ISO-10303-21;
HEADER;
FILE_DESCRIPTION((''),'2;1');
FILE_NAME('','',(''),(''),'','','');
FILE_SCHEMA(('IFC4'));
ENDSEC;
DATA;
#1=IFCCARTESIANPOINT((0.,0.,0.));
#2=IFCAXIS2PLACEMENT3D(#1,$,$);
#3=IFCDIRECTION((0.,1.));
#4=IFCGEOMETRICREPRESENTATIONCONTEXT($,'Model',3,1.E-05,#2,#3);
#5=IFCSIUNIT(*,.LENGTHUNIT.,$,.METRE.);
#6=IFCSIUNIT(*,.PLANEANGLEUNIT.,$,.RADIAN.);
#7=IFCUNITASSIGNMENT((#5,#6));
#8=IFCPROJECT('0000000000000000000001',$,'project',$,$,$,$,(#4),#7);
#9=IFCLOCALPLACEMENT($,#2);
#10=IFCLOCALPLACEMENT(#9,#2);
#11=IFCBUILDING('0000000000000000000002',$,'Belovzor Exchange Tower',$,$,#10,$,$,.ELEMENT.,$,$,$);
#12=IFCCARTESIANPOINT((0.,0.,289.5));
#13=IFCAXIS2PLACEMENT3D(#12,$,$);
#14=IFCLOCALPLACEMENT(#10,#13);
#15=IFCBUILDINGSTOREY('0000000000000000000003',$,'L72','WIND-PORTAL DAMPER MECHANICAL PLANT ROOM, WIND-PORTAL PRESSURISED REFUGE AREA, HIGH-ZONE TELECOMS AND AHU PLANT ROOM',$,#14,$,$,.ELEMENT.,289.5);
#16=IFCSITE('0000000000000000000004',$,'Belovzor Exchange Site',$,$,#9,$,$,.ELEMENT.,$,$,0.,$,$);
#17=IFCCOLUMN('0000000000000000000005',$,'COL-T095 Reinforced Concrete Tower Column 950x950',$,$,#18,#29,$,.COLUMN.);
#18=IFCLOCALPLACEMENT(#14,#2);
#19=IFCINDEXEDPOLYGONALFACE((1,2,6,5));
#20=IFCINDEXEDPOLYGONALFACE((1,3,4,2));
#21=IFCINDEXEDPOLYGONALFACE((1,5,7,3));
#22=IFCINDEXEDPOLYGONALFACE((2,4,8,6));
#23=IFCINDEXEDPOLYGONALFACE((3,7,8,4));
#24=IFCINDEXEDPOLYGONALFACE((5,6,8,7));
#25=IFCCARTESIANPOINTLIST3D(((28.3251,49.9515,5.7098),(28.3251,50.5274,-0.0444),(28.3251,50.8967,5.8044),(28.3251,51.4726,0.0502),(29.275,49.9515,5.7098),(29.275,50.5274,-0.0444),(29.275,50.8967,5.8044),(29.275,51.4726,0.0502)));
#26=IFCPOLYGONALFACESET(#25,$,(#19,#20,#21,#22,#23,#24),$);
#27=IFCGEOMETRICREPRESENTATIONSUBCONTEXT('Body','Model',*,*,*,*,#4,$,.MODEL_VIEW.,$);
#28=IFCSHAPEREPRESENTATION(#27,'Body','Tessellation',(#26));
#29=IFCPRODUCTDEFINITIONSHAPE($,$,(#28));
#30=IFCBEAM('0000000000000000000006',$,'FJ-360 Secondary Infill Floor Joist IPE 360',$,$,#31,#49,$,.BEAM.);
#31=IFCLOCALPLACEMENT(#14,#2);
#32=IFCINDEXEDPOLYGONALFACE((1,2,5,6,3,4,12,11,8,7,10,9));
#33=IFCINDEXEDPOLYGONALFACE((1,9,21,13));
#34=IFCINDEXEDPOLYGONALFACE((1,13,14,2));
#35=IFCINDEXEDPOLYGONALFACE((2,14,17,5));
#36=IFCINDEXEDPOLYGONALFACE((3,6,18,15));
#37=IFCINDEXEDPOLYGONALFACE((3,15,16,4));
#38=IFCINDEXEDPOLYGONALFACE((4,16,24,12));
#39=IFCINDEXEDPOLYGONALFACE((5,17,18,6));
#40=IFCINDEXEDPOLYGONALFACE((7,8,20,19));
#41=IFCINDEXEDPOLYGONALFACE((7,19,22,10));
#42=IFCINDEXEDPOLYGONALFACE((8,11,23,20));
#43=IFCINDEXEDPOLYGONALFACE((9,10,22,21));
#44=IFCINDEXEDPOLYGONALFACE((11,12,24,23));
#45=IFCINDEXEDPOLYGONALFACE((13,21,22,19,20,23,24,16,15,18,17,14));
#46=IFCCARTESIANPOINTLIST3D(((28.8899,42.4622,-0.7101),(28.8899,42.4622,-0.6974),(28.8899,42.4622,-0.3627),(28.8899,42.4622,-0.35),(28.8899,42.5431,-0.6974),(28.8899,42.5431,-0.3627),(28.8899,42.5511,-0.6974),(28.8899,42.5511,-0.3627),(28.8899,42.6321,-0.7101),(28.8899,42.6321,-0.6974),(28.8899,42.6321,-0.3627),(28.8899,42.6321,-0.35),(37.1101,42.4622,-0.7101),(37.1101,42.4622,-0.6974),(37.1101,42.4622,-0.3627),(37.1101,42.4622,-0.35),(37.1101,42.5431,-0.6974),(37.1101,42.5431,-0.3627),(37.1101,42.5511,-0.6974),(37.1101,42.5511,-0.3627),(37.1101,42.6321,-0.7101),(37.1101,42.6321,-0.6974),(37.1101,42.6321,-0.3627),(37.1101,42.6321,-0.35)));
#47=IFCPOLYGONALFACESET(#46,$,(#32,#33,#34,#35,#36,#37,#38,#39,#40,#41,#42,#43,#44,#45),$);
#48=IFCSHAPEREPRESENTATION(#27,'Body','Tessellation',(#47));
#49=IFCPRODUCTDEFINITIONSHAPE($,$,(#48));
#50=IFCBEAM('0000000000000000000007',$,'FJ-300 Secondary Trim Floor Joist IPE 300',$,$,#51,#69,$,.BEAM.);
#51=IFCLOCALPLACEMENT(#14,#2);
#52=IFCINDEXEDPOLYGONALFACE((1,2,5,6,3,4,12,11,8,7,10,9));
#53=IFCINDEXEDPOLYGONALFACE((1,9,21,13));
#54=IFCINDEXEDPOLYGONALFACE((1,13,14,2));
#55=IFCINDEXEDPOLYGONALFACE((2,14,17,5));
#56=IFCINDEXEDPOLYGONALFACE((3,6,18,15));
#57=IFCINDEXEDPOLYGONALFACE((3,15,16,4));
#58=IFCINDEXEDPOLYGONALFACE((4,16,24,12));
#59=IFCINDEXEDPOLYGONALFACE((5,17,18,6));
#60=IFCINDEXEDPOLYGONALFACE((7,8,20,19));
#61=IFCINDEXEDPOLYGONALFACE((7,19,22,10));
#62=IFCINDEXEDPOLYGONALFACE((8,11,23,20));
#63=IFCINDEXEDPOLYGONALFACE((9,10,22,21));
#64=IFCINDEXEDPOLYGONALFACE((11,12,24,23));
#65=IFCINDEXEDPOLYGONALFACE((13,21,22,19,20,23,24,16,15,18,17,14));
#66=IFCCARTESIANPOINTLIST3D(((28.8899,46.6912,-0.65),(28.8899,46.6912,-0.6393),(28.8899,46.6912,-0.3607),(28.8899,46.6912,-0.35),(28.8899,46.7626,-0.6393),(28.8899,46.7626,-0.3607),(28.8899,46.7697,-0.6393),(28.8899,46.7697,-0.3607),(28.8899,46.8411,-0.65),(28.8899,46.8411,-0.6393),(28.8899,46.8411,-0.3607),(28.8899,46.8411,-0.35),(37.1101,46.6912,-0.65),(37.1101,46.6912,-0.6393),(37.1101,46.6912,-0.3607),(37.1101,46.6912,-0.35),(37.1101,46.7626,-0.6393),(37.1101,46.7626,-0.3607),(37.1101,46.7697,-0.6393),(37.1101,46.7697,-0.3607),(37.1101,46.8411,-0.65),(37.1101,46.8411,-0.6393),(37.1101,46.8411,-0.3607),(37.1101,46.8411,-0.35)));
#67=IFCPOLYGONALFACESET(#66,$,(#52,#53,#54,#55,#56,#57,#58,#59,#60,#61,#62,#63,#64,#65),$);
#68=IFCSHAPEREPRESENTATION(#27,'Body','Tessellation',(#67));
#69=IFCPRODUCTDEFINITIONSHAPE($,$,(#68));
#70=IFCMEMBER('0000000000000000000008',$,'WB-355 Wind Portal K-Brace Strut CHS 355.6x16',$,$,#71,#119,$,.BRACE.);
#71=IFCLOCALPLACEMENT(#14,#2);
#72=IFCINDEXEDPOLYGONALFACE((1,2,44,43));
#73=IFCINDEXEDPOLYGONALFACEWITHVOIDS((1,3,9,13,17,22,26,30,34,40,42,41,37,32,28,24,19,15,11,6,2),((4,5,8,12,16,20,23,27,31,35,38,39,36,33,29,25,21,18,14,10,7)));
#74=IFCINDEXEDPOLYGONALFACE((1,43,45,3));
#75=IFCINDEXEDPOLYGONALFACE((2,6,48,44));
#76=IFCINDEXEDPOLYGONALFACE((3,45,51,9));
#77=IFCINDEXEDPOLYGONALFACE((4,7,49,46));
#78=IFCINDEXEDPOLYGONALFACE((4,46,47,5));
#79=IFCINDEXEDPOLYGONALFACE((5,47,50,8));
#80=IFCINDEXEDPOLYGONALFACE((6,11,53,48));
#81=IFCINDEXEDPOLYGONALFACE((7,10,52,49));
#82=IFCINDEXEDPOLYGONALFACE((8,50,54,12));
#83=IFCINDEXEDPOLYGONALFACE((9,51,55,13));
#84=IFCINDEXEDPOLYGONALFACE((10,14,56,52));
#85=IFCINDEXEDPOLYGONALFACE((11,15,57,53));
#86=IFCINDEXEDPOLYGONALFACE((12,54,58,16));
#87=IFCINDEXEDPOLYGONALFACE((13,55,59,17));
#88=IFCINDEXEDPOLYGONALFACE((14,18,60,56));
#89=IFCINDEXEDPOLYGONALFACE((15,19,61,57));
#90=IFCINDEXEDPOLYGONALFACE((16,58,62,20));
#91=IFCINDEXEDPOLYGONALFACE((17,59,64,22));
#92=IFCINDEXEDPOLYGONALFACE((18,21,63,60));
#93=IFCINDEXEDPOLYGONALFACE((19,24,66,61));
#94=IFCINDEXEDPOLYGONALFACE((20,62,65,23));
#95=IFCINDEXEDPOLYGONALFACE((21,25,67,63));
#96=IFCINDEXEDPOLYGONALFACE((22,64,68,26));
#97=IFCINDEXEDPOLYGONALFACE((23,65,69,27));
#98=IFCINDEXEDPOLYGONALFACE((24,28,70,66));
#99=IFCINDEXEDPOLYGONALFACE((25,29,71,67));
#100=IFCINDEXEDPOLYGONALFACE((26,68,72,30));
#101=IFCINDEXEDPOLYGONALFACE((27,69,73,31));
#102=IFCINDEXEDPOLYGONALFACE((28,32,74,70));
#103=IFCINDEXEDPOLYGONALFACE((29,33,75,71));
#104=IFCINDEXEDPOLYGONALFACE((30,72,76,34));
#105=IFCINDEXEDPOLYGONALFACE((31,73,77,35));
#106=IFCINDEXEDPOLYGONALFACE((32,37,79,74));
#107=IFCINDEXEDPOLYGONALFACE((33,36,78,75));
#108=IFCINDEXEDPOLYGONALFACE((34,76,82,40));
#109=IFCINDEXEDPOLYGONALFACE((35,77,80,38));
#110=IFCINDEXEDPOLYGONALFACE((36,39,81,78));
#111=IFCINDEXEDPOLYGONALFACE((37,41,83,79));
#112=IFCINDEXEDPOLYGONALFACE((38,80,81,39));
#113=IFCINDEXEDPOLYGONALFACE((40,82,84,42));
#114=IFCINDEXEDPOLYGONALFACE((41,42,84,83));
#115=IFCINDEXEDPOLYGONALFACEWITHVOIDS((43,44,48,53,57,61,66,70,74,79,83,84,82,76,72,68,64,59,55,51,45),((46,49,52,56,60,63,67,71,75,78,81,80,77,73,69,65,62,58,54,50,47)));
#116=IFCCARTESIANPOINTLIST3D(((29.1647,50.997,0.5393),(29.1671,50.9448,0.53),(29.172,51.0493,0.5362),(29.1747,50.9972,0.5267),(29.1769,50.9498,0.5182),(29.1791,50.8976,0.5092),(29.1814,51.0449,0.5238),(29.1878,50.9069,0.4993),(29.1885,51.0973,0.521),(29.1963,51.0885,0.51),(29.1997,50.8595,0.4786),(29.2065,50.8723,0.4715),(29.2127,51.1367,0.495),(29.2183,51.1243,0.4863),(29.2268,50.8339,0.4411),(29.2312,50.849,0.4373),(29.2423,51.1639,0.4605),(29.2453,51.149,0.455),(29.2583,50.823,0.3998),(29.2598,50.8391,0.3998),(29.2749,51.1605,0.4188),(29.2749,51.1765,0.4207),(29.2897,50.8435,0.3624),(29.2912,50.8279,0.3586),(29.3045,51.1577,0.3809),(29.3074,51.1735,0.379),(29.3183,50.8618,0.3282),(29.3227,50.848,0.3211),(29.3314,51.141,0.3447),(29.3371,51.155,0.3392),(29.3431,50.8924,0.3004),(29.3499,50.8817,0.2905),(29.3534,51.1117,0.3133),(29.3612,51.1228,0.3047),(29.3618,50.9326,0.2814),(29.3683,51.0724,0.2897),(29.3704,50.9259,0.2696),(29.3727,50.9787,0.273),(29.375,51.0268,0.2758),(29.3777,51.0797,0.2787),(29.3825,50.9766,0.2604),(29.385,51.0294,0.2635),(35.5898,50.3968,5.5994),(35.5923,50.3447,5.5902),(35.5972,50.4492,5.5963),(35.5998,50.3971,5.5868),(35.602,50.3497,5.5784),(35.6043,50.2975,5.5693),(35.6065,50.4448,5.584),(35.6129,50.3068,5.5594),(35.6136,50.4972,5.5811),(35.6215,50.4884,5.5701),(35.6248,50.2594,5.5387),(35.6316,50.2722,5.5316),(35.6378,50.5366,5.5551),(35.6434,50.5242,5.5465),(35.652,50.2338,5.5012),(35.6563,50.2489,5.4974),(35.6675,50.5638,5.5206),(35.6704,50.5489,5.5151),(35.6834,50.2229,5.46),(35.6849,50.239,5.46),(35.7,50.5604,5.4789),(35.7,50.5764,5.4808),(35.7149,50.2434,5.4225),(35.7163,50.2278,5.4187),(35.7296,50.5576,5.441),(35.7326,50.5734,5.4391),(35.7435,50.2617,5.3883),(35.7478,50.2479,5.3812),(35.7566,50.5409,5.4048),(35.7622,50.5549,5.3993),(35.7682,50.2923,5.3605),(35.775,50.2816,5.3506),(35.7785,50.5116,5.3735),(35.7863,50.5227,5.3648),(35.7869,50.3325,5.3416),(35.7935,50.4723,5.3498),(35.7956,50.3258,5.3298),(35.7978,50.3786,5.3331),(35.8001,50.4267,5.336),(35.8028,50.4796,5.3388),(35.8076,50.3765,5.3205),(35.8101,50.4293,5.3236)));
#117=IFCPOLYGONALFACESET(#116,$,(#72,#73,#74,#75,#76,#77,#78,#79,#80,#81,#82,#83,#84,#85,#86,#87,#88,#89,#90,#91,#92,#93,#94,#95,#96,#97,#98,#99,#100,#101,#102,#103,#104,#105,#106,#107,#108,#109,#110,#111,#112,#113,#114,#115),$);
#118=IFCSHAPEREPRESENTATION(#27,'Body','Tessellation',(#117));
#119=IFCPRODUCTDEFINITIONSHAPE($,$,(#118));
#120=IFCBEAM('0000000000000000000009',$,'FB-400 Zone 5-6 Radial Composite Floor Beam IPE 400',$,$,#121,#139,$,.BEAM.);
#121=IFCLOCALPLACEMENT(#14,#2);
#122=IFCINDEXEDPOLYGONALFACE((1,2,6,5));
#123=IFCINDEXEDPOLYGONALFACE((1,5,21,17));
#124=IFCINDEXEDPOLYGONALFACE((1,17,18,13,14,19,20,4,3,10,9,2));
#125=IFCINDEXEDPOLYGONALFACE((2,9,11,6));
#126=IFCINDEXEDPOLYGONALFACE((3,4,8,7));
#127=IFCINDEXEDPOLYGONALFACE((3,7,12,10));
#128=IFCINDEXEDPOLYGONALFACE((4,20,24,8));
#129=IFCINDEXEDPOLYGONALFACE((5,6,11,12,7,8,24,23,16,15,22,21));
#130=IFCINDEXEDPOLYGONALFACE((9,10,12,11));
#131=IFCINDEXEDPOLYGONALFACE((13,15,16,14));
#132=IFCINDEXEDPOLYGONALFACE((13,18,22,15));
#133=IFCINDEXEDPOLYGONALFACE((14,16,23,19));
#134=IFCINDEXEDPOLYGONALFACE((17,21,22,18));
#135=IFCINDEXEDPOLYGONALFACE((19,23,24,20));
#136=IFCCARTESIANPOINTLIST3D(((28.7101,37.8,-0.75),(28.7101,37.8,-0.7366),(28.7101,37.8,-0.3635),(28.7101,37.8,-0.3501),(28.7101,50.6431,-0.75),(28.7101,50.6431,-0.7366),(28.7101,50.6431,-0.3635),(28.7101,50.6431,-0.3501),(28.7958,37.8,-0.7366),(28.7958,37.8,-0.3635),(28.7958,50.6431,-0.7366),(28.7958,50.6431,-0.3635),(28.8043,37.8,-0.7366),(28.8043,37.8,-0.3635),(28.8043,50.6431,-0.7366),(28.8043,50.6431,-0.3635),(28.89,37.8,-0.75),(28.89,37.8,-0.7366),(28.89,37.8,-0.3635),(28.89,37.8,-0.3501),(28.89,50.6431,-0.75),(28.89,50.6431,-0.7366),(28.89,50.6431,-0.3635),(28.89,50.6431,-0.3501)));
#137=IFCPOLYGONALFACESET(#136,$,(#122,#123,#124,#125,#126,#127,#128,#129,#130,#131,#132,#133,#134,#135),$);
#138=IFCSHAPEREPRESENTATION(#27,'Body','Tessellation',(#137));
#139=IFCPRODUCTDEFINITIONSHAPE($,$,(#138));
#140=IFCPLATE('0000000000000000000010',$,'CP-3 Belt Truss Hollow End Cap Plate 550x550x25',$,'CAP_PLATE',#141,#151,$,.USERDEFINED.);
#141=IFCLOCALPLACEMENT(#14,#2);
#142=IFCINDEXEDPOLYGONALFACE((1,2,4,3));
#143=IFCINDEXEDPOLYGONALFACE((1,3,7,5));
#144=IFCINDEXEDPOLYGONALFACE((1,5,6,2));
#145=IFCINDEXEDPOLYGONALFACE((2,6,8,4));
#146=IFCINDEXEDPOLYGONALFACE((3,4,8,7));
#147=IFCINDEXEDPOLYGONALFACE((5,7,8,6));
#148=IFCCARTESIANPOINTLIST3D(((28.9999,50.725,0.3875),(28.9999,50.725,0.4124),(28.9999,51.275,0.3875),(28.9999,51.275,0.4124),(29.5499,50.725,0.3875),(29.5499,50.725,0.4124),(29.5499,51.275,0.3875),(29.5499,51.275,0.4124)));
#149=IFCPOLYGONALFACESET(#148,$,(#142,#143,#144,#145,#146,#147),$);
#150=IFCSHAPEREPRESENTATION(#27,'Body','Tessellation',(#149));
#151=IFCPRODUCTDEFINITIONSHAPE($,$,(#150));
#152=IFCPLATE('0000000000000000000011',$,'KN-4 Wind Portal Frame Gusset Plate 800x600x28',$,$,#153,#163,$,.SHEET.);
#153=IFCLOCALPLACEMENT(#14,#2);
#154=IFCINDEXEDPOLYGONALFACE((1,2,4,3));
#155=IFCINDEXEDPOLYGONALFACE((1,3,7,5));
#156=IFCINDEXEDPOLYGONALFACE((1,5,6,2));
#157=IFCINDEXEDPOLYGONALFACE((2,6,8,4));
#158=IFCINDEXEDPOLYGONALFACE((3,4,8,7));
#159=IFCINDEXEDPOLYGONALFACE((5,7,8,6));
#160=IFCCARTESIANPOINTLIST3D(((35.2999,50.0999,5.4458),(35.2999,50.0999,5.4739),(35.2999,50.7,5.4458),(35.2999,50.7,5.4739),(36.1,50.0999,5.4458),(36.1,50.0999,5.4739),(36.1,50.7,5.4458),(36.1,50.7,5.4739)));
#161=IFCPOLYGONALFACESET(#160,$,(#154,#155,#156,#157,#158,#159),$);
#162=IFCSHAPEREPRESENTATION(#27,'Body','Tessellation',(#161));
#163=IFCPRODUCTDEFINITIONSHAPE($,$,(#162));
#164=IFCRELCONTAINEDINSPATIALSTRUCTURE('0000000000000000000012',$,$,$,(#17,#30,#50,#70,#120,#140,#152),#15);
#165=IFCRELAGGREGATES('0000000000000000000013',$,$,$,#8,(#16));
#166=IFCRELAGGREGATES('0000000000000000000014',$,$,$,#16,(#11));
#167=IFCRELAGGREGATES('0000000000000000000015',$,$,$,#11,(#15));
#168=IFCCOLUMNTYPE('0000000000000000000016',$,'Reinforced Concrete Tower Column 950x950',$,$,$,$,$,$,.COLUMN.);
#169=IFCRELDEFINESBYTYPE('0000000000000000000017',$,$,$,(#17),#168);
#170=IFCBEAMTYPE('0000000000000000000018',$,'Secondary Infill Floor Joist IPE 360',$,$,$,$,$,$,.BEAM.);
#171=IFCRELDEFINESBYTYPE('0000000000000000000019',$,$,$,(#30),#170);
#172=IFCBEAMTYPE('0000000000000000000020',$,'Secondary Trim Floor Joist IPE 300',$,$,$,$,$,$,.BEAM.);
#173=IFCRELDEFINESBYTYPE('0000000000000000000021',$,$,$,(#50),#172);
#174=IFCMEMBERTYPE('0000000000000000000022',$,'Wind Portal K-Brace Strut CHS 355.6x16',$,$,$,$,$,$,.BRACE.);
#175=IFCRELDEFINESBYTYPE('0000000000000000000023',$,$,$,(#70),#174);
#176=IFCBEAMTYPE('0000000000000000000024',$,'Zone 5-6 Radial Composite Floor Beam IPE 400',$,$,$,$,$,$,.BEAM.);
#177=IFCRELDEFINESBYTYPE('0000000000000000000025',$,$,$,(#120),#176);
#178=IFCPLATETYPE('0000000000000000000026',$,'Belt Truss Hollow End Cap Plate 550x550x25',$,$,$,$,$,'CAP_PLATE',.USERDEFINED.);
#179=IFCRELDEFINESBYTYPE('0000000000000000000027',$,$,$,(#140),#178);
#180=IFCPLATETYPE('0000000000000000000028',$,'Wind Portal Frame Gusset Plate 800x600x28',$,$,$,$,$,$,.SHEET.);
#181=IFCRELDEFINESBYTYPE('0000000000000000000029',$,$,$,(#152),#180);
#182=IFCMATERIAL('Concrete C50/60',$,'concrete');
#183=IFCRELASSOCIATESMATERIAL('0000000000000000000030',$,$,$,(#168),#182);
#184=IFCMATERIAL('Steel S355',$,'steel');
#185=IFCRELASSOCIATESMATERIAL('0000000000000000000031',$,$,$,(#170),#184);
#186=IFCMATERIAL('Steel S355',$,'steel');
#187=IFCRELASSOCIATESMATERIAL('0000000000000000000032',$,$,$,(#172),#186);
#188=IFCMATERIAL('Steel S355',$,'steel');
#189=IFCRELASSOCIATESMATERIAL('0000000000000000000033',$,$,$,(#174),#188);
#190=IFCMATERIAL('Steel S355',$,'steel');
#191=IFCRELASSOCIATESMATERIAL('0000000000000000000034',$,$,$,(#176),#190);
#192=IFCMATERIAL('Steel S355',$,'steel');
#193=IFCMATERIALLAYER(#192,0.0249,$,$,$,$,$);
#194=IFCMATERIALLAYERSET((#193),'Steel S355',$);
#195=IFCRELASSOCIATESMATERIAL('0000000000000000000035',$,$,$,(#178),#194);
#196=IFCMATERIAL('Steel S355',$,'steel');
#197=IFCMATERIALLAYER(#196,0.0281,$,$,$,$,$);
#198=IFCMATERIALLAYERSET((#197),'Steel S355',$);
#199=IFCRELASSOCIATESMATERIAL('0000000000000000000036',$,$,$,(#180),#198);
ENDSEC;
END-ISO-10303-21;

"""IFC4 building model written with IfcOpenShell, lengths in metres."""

from ifc_helpers import new_model, si_unit, direction, frame, origin, origin_2d, place, context, subcontext, project, spatial, rectangle, hollow_circle, i_section, extrude, material, layer, layer_set, material_profile, profile_set, type_object, element, save


model = new_model("IFC4")

# Units and contexts
model_context = context("Model", 3, precision=1e-05, world=origin(), true_north=direction((0.0, 1.0)))
body_context = subcontext(model_context, "Body", "Model", "MODEL_VIEW")
ifc_project = project(units=[si_unit("LENGTHUNIT", "METRE"), si_unit("PLANEANGLEUNIT", "RADIAN")], contexts=[model_context])

# Site, building, storey
site_placement = place(None, origin())
site = spatial("IfcSite", under=ifc_project, at=site_placement, Name="Belovzor Exchange Site", CompositionType="ELEMENT", RefElevation=0.0)
building_placement = place(site_placement, origin())
building = spatial("IfcBuilding", under=site, at=building_placement, Name="Belovzor Exchange Tower", CompositionType="ELEMENT")
storey_placement = place(building_placement, frame((0.0, 0.0, 289.5)))
storey = spatial("IfcBuildingStorey", under=building, at=storey_placement, Name="L72", Description="WIND-PORTAL DAMPER MECHANICAL PLANT ROOM, WIND-PORTAL PRESSURISED REFUGE AREA, HIGH-ZONE TELECOMS AND AHU PLANT ROOM", CompositionType="ELEMENT", Elevation=289.5)

# Column
ifc_material_1 = material(Name="Concrete C50/60", Category="concrete")
ifc_material_profile_1 = material_profile(ifc_material_1, rectangle(XDim=0.95, YDim=0.95, at=origin_2d()))
ifc_profile_set_1 = profile_set([ifc_material_profile_1], Name="Concrete C50/60")
column_type = type_object("IfcColumnType", Name="Reinforced Concrete Tower Column 950x950", PredefinedType="COLUMN", material=ifc_profile_set_1)
column_placement = place(storey_placement, frame((28.8, 51.0, 0.0029), z_axis=(0.0, -0.099591, 0.995028), x_axis=(1.0, 0.0, 0.0)))
element("IfcColumn", 1, at=column_placement, inside=storey, type_object=column_type, Name="COL-T095 Reinforced Concrete Tower Column 950x950", PredefinedType="COLUMN", context=body_context, shape_type="SweptSolid", body=[
    extrude(rectangle(XDim=0.95, YDim=0.95, at=origin_2d()), origin(), (0.0, 0.0, 1.0), 5.783),
])

# Beams
ifc_material_2 = material(Name="Steel S355", Category="steel")
ifc_material_profile_2 = material_profile(ifc_material_2, i_section(OverallWidth=0.1699, OverallDepth=0.3601, WebThickness=0.0081, FlangeThickness=0.0127, at=origin_2d()))
ifc_profile_set_2 = profile_set([ifc_material_profile_2], Name="Steel S355")
beam_type_1 = type_object("IfcBeamType", Name="Secondary Infill Floor Joist IPE 360", PredefinedType="BEAM", material=ifc_profile_set_2)
beam_1_placement = place(storey_placement, frame((28.8899, 42.5471, -0.53), z_axis=(1.0, 0.0, 0.0), x_axis=(0.0, 1.0, 0.0)))
element("IfcBeam", 2, at=beam_1_placement, inside=storey, type_object=beam_type_1, Name="FJ-360 Secondary Infill Floor Joist IPE 360", PredefinedType="BEAM", context=body_context, shape_type="SweptSolid", body=[
    extrude(i_section(OverallWidth=0.1699, OverallDepth=0.3601, WebThickness=0.0081, FlangeThickness=0.0127, at=origin_2d()), origin(), (0.0, 0.0, 1.0), 8.2202),
])
ifc_material_3 = material(Name="Steel S355", Category="steel")
ifc_material_profile_3 = material_profile(ifc_material_3, i_section(OverallWidth=0.1499, OverallDepth=0.3, WebThickness=0.0071, FlangeThickness=0.0107, at=origin_2d()))
ifc_profile_set_3 = profile_set([ifc_material_profile_3], Name="Steel S355")
beam_type_2 = type_object("IfcBeamType", Name="Secondary Trim Floor Joist IPE 300", PredefinedType="BEAM", material=ifc_profile_set_3)
beam_2_placement = place(storey_placement, frame((28.8899, 46.7661, -0.5), z_axis=(1.0, 0.0, 0.0), x_axis=(0.0, 1.0, 0.0)))
element("IfcBeam", 3, at=beam_2_placement, inside=storey, type_object=beam_type_2, Name="FJ-300 Secondary Trim Floor Joist IPE 300", PredefinedType="BEAM", context=body_context, shape_type="SweptSolid", body=[
    extrude(i_section(OverallWidth=0.1499, OverallDepth=0.3, WebThickness=0.0071, FlangeThickness=0.0107, at=origin_2d()), origin(), (0.0, 0.0, 1.0), 8.2202),
])

# Member
ifc_material_4 = material(Name="Steel S355", Category="steel")
ifc_material_profile_4 = material_profile(ifc_material_4, hollow_circle(Radius=0.1777, WallThickness=0.0161, at=origin_2d()))
ifc_profile_set_4 = profile_set([ifc_material_profile_4], Name="Steel S355")
member_type = type_object("IfcMemberType", Name="Wind Portal K-Brace Strut CHS 355.6x16", PredefinedType="BRACE", material=ifc_profile_set_4)
member_placement = place(storey_placement, frame((35.7, 50.3999, 5.46), z_axis=(-0.78351, 0.07318, -0.617055), x_axis=(-0.092995, -0.995667, 0.0)))
element("IfcMember", 4, at=member_placement, inside=storey, type_object=member_type, Name="WB-355 Wind Portal K-Brace Strut CHS 355.6x16", PredefinedType="BRACE", context=body_context, shape_type="SweptSolid", body=[
    extrude(hollow_circle(Radius=0.1777, WallThickness=0.0161, at=origin_2d()), origin(), (0.0, 0.0, 1.0), 8.2004),
])

# Beam
ifc_material_5 = material(Name="Steel S355", Category="steel")
ifc_material_profile_5 = material_profile(ifc_material_5, i_section(OverallWidth=0.1799, OverallDepth=0.3999, WebThickness=0.0085, FlangeThickness=0.0134, at=origin_2d()))
ifc_profile_set_5 = profile_set([ifc_material_profile_5], Name="Steel S355")
beam_type_3 = type_object("IfcBeamType", Name="Zone 5-6 Radial Composite Floor Beam IPE 400", PredefinedType="BEAM", material=ifc_profile_set_5)
beam_3_placement = place(storey_placement, frame((28.8, 37.8, -0.55), z_axis=(0.0, 1.0, 0.0), x_axis=(-1.0, 0.0, 0.0)))
element("IfcBeam", 5, at=beam_3_placement, inside=storey, type_object=beam_type_3, Name="FB-400 Zone 5-6 Radial Composite Floor Beam IPE 400", PredefinedType="BEAM", context=body_context, shape_type="SweptSolid", body=[
    extrude(i_section(OverallWidth=0.1799, OverallDepth=0.3999, WebThickness=0.0085, FlangeThickness=0.0134, at=origin_2d()), origin(), (0.0, 0.0, 1.0), 12.843),
])

# Plates
ifc_material_6 = material(Name="Steel S355", Category="steel")
ifc_layer_1 = layer(ifc_material_6, 0.0249)
ifc_layer_set_1 = layer_set([ifc_layer_1], Name="Steel S355")
plate_type_1 = type_object("IfcPlateType", Name="Belt Truss Hollow End Cap Plate 550x550x25", ElementType="CAP_PLATE", PredefinedType="USERDEFINED", material=ifc_layer_set_1)
plate_1_placement = place(storey_placement, frame((29.2749, 51.0, 0.3875), z_axis=(0.0, 0.0, 1.0), x_axis=(1.0, 0.0, 0.0)))
element("IfcPlate", 6, at=plate_1_placement, inside=storey, type_object=plate_type_1, Name="CP-3 Belt Truss Hollow End Cap Plate 550x550x25", ObjectType="CAP_PLATE", PredefinedType="USERDEFINED", context=body_context, shape_type="SweptSolid", body=[
    extrude(rectangle(XDim=0.55, YDim=0.55, at=origin_2d()), origin(), (0.0, 0.0, 1.0), 0.0249),
])
ifc_material_7 = material(Name="Steel S355", Category="steel")
ifc_layer_2 = layer(ifc_material_7, 0.0281)
ifc_layer_set_2 = layer_set([ifc_layer_2], Name="Steel S355")
plate_type_2 = type_object("IfcPlateType", Name="Wind Portal Frame Gusset Plate 800x600x28", PredefinedType="SHEET", material=ifc_layer_set_2)
plate_2_placement = place(storey_placement, frame((35.7, 50.3999, 5.4458), z_axis=(0.0, 0.0, 1.0), x_axis=(1.0, 0.0, 0.0)))
element("IfcPlate", 7, at=plate_2_placement, inside=storey, type_object=plate_type_2, Name="KN-4 Wind Portal Frame Gusset Plate 800x600x28", PredefinedType="SHEET", context=body_context, shape_type="SweptSolid", body=[
    extrude(rectangle(XDim=0.8, YDim=0.6001, at=origin_2d()), origin(), (0.0, 0.0, 1.0), 0.0281),
])

save(model, "model.ifc")
